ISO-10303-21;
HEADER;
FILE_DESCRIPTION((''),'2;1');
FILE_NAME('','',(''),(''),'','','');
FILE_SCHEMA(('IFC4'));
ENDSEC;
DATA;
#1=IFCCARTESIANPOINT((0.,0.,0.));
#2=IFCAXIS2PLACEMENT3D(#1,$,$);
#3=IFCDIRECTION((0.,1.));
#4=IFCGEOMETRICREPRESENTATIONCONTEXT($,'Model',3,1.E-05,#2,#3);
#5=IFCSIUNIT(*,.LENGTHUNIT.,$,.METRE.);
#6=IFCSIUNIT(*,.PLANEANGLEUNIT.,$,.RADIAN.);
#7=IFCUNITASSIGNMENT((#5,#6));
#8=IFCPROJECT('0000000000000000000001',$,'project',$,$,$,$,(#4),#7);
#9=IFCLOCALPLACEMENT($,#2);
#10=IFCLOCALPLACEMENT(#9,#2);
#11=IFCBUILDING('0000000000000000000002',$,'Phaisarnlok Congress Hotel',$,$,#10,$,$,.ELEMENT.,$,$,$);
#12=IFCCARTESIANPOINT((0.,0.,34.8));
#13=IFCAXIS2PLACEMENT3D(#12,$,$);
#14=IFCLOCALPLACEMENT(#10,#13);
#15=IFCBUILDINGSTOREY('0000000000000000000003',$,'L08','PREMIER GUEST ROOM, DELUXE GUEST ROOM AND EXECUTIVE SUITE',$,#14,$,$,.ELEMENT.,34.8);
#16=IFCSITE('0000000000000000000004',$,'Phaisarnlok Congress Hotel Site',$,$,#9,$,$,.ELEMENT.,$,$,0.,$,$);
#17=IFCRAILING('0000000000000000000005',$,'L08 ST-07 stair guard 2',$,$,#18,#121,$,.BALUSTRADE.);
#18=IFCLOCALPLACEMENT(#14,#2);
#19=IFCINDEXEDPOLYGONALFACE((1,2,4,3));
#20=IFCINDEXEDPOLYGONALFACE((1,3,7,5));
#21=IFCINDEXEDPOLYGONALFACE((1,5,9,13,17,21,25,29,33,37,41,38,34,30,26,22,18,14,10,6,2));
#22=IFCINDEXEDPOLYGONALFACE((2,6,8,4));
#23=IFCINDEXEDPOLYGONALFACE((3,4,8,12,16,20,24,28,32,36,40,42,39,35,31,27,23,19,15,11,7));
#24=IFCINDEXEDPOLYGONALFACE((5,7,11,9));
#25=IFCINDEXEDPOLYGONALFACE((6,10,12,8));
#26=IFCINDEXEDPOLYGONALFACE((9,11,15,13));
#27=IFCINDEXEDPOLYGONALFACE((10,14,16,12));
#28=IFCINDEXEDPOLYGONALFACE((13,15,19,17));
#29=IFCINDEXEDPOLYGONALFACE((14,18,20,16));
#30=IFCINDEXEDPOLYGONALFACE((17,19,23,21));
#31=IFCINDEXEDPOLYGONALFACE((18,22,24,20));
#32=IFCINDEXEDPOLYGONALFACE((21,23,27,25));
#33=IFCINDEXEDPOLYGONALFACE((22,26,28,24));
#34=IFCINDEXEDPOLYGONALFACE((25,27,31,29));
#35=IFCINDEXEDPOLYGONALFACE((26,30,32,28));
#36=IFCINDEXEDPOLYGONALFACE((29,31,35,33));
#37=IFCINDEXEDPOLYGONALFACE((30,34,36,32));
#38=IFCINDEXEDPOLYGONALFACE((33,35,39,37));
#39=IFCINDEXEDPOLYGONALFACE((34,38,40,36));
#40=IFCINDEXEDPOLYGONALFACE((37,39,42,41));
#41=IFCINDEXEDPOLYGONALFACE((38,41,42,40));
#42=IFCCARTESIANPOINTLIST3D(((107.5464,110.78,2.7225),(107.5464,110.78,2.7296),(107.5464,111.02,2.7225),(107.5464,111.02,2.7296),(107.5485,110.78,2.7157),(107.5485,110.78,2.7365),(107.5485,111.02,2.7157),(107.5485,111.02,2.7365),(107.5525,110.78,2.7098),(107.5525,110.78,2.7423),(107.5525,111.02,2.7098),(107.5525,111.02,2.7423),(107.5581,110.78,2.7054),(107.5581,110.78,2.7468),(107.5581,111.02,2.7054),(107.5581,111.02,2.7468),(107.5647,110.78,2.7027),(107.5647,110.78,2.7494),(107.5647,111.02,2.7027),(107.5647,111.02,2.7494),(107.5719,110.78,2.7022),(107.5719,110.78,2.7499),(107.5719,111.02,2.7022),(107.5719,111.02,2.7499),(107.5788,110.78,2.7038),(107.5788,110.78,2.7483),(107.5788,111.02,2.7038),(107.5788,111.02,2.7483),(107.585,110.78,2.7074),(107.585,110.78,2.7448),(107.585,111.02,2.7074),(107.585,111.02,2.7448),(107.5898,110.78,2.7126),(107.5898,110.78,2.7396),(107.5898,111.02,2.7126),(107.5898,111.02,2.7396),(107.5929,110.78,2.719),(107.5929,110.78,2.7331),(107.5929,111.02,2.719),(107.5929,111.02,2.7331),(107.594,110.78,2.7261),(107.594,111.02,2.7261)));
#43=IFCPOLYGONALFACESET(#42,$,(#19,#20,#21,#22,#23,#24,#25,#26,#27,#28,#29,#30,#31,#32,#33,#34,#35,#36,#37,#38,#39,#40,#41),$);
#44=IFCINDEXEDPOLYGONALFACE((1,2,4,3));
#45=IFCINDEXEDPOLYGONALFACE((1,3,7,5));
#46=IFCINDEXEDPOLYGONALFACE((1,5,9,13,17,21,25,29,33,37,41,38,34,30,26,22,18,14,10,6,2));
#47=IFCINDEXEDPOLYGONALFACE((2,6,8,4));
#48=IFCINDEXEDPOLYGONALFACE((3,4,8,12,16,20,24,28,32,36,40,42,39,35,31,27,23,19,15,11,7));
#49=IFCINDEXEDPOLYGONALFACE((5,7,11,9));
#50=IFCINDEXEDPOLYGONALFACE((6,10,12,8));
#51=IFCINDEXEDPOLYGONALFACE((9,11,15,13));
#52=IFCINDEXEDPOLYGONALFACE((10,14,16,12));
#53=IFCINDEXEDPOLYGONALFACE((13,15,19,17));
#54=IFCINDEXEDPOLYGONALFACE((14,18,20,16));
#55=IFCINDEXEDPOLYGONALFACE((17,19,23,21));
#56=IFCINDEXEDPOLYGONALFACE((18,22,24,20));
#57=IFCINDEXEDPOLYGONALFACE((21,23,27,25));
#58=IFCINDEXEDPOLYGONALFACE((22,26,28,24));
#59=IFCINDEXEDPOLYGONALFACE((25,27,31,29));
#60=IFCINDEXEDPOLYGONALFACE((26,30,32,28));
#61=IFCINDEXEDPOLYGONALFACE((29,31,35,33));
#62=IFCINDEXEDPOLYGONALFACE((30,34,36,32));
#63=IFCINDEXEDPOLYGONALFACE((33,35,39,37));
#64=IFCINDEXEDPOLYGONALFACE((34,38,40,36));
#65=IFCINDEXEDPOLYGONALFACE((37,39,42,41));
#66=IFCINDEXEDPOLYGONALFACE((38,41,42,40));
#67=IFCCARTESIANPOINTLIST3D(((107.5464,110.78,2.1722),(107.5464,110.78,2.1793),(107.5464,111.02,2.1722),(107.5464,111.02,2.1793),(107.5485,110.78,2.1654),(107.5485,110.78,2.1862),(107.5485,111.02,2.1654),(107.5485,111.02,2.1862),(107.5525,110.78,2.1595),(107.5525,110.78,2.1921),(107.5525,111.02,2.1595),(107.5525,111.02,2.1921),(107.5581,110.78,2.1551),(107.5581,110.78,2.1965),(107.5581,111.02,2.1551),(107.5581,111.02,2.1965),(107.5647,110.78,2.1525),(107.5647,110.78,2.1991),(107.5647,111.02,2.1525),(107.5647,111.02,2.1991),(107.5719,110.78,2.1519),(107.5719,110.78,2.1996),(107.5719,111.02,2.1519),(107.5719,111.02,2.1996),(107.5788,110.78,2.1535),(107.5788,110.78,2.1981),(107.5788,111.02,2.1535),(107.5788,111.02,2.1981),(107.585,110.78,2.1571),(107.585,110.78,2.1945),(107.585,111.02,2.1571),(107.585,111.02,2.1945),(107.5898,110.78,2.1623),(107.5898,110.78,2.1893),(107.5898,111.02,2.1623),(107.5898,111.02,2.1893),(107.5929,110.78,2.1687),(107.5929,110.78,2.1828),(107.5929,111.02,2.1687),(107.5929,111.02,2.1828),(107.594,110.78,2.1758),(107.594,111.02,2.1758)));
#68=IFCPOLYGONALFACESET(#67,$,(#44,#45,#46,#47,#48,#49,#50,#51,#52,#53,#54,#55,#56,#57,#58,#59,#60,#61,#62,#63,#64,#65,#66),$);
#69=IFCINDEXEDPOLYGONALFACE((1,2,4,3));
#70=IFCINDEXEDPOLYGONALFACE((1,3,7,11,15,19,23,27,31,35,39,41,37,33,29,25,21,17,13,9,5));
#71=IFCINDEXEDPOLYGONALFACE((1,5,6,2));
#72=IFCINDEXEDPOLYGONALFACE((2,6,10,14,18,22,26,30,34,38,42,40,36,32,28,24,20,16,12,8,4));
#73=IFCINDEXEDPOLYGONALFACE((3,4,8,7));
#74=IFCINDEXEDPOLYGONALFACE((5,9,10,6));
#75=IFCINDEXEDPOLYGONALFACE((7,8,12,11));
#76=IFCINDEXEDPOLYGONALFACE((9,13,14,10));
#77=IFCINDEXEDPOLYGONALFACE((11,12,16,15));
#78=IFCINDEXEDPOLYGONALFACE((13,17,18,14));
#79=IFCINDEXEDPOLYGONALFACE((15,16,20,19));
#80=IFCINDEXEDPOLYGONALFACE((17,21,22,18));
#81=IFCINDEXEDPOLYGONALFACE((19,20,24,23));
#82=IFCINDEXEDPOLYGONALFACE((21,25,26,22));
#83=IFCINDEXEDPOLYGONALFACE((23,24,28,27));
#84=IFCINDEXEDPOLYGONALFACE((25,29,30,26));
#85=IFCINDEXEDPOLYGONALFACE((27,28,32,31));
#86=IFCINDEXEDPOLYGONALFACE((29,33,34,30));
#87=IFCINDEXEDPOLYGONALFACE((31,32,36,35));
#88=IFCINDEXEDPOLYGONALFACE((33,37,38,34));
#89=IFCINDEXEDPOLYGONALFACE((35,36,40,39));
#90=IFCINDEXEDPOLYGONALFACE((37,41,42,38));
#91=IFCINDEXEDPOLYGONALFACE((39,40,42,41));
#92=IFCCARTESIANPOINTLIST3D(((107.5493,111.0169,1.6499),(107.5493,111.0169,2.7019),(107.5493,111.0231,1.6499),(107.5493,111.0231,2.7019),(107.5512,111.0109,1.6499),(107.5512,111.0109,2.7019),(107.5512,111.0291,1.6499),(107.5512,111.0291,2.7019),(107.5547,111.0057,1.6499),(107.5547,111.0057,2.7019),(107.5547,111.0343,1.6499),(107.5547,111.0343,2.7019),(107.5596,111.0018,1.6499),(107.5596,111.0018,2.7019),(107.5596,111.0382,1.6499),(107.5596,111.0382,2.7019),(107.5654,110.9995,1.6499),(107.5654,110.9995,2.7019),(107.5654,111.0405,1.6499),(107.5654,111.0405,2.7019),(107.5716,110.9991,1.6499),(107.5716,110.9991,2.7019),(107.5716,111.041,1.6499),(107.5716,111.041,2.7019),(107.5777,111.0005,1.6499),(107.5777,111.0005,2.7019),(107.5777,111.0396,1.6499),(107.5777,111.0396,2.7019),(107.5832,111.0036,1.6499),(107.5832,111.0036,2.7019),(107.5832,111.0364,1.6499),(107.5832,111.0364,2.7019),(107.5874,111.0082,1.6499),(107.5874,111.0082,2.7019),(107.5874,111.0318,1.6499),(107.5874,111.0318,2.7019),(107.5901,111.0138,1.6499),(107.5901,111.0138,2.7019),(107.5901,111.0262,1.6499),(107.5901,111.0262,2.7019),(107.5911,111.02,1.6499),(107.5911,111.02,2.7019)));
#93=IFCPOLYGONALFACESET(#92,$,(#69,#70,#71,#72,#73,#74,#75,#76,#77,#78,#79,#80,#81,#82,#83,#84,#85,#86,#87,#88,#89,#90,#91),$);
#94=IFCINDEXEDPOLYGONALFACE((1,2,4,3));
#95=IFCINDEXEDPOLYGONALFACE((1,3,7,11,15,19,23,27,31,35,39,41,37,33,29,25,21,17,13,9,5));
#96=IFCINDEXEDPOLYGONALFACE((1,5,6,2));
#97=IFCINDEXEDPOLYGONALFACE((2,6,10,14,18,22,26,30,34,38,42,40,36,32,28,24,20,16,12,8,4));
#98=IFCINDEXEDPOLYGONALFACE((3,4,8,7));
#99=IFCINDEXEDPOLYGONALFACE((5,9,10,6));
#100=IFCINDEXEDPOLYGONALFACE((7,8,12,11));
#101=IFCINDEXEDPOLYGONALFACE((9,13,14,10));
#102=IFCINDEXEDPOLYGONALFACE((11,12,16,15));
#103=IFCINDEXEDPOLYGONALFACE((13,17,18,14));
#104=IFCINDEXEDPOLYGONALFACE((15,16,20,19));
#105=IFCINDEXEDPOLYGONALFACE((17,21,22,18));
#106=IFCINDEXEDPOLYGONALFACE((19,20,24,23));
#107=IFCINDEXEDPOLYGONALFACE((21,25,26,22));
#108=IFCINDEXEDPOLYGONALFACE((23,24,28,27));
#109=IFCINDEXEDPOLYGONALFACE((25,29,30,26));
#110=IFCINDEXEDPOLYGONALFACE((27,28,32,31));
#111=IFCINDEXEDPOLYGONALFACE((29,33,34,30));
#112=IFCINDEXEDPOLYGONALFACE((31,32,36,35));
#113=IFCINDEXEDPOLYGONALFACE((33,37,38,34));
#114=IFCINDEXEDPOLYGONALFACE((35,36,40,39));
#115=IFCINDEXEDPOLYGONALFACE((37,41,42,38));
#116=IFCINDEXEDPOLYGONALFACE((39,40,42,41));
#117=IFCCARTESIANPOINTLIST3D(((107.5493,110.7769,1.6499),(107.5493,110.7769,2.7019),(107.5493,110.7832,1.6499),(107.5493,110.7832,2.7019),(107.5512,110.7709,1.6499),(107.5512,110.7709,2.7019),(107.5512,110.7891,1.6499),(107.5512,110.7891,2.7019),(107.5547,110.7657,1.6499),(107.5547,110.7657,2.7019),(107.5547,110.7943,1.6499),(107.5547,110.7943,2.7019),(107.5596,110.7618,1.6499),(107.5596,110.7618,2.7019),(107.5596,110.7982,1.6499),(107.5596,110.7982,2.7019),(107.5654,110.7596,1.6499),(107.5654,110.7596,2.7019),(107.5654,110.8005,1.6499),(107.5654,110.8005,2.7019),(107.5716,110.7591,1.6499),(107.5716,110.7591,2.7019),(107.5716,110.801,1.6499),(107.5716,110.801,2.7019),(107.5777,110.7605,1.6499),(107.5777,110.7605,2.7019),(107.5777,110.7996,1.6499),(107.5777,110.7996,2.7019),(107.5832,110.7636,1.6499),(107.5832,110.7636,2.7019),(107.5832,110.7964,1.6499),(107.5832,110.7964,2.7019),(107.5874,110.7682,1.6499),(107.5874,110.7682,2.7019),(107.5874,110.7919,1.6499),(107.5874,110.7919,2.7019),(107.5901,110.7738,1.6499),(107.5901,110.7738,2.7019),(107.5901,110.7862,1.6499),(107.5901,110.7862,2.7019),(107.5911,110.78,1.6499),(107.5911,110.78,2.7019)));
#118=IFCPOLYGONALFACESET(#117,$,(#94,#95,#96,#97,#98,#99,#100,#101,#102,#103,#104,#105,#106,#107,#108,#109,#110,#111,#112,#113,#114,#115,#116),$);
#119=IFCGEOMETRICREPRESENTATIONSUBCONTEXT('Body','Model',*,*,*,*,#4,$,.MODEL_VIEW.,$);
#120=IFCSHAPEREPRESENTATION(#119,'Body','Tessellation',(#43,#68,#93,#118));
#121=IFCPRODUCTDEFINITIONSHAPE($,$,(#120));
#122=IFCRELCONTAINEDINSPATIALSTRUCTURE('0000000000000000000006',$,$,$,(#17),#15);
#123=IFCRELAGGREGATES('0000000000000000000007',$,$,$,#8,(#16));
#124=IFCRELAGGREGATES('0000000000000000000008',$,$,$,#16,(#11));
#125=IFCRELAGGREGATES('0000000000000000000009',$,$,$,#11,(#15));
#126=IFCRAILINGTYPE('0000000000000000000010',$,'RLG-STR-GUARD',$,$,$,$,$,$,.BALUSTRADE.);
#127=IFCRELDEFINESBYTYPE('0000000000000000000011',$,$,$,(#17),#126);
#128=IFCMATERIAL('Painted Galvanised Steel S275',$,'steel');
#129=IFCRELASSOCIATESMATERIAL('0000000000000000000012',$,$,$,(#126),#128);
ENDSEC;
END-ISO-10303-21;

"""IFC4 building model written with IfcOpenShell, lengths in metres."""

from ifc_helpers import new_model, si_unit, direction, frame, origin, origin_2d, place, context, subcontext, project, spatial, circle, extrude, material, type_object, element, save


model = new_model("IFC4")

# Units and contexts
model_context = context("Model", 3, precision=1e-05, world=origin(), true_north=direction((0.0, 1.0)))
body_context = subcontext(model_context, "Body", "Model", "MODEL_VIEW")
ifc_project = project(units=[si_unit("LENGTHUNIT", "METRE"), si_unit("PLANEANGLEUNIT", "RADIAN")], contexts=[model_context])

# Site, building, storey
site_placement = place(None, origin())
site = spatial("IfcSite", under=ifc_project, at=site_placement, Name="Phaisarnlok Congress Hotel Site", CompositionType="ELEMENT", RefElevation=0.0)
building_placement = place(site_placement, origin())
building = spatial("IfcBuilding", under=site, at=building_placement, Name="Phaisarnlok Congress Hotel", CompositionType="ELEMENT")
storey_placement = place(building_placement, frame((0.0, 0.0, 34.8)))
storey = spatial("IfcBuildingStorey", under=building, at=storey_placement, Name="L08", Description="PREMIER GUEST ROOM, DELUXE GUEST ROOM AND EXECUTIVE SUITE", CompositionType="ELEMENT", Elevation=34.8)

# Railing
ifc_material_1 = material(Name="Painted Galvanised Steel S275", Category="steel")
railing_type_1 = type_object("IfcRailingType", Name="RLG-STR-GUARD", PredefinedType="BALUSTRADE", material=ifc_material_1)
railing_1_placement = place(storey_placement, frame((107.5701, 111.02, 1.6499)))
element("IfcRailing", 1, at=railing_1_placement, inside=storey, type_object=railing_type_1, Name="L08 ST-07 stair guard 2", PredefinedType="BALUSTRADE", context=body_context, shape_type="SweptSolid", body=[
    extrude(circle(Radius=0.0239, at=origin_2d()), frame((0.0, 0.0, 1.0762), z_axis=(0.0, -1.0, 0.0), x_axis=(1.0, 0.0, 0.0)), (0.0, 0.0, 1.0), 0.24),
    extrude(circle(Radius=0.0239, at=origin_2d()), frame((0.0, 0.0, 0.5259), z_axis=(0.0, -1.0, 0.0), x_axis=(1.0, 0.0, 0.0)), (0.0, 0.0, 1.0), 0.24),
    extrude(circle(Radius=0.021, at=origin_2d()), origin(), (0.0, 0.0, 1.0), 1.052),
    extrude(circle(Radius=0.021, at=origin_2d()), frame((0.0, -0.24, 0.0)), (0.0, 0.0, 1.0), 1.052),
])

save(model, "model.ifc")
